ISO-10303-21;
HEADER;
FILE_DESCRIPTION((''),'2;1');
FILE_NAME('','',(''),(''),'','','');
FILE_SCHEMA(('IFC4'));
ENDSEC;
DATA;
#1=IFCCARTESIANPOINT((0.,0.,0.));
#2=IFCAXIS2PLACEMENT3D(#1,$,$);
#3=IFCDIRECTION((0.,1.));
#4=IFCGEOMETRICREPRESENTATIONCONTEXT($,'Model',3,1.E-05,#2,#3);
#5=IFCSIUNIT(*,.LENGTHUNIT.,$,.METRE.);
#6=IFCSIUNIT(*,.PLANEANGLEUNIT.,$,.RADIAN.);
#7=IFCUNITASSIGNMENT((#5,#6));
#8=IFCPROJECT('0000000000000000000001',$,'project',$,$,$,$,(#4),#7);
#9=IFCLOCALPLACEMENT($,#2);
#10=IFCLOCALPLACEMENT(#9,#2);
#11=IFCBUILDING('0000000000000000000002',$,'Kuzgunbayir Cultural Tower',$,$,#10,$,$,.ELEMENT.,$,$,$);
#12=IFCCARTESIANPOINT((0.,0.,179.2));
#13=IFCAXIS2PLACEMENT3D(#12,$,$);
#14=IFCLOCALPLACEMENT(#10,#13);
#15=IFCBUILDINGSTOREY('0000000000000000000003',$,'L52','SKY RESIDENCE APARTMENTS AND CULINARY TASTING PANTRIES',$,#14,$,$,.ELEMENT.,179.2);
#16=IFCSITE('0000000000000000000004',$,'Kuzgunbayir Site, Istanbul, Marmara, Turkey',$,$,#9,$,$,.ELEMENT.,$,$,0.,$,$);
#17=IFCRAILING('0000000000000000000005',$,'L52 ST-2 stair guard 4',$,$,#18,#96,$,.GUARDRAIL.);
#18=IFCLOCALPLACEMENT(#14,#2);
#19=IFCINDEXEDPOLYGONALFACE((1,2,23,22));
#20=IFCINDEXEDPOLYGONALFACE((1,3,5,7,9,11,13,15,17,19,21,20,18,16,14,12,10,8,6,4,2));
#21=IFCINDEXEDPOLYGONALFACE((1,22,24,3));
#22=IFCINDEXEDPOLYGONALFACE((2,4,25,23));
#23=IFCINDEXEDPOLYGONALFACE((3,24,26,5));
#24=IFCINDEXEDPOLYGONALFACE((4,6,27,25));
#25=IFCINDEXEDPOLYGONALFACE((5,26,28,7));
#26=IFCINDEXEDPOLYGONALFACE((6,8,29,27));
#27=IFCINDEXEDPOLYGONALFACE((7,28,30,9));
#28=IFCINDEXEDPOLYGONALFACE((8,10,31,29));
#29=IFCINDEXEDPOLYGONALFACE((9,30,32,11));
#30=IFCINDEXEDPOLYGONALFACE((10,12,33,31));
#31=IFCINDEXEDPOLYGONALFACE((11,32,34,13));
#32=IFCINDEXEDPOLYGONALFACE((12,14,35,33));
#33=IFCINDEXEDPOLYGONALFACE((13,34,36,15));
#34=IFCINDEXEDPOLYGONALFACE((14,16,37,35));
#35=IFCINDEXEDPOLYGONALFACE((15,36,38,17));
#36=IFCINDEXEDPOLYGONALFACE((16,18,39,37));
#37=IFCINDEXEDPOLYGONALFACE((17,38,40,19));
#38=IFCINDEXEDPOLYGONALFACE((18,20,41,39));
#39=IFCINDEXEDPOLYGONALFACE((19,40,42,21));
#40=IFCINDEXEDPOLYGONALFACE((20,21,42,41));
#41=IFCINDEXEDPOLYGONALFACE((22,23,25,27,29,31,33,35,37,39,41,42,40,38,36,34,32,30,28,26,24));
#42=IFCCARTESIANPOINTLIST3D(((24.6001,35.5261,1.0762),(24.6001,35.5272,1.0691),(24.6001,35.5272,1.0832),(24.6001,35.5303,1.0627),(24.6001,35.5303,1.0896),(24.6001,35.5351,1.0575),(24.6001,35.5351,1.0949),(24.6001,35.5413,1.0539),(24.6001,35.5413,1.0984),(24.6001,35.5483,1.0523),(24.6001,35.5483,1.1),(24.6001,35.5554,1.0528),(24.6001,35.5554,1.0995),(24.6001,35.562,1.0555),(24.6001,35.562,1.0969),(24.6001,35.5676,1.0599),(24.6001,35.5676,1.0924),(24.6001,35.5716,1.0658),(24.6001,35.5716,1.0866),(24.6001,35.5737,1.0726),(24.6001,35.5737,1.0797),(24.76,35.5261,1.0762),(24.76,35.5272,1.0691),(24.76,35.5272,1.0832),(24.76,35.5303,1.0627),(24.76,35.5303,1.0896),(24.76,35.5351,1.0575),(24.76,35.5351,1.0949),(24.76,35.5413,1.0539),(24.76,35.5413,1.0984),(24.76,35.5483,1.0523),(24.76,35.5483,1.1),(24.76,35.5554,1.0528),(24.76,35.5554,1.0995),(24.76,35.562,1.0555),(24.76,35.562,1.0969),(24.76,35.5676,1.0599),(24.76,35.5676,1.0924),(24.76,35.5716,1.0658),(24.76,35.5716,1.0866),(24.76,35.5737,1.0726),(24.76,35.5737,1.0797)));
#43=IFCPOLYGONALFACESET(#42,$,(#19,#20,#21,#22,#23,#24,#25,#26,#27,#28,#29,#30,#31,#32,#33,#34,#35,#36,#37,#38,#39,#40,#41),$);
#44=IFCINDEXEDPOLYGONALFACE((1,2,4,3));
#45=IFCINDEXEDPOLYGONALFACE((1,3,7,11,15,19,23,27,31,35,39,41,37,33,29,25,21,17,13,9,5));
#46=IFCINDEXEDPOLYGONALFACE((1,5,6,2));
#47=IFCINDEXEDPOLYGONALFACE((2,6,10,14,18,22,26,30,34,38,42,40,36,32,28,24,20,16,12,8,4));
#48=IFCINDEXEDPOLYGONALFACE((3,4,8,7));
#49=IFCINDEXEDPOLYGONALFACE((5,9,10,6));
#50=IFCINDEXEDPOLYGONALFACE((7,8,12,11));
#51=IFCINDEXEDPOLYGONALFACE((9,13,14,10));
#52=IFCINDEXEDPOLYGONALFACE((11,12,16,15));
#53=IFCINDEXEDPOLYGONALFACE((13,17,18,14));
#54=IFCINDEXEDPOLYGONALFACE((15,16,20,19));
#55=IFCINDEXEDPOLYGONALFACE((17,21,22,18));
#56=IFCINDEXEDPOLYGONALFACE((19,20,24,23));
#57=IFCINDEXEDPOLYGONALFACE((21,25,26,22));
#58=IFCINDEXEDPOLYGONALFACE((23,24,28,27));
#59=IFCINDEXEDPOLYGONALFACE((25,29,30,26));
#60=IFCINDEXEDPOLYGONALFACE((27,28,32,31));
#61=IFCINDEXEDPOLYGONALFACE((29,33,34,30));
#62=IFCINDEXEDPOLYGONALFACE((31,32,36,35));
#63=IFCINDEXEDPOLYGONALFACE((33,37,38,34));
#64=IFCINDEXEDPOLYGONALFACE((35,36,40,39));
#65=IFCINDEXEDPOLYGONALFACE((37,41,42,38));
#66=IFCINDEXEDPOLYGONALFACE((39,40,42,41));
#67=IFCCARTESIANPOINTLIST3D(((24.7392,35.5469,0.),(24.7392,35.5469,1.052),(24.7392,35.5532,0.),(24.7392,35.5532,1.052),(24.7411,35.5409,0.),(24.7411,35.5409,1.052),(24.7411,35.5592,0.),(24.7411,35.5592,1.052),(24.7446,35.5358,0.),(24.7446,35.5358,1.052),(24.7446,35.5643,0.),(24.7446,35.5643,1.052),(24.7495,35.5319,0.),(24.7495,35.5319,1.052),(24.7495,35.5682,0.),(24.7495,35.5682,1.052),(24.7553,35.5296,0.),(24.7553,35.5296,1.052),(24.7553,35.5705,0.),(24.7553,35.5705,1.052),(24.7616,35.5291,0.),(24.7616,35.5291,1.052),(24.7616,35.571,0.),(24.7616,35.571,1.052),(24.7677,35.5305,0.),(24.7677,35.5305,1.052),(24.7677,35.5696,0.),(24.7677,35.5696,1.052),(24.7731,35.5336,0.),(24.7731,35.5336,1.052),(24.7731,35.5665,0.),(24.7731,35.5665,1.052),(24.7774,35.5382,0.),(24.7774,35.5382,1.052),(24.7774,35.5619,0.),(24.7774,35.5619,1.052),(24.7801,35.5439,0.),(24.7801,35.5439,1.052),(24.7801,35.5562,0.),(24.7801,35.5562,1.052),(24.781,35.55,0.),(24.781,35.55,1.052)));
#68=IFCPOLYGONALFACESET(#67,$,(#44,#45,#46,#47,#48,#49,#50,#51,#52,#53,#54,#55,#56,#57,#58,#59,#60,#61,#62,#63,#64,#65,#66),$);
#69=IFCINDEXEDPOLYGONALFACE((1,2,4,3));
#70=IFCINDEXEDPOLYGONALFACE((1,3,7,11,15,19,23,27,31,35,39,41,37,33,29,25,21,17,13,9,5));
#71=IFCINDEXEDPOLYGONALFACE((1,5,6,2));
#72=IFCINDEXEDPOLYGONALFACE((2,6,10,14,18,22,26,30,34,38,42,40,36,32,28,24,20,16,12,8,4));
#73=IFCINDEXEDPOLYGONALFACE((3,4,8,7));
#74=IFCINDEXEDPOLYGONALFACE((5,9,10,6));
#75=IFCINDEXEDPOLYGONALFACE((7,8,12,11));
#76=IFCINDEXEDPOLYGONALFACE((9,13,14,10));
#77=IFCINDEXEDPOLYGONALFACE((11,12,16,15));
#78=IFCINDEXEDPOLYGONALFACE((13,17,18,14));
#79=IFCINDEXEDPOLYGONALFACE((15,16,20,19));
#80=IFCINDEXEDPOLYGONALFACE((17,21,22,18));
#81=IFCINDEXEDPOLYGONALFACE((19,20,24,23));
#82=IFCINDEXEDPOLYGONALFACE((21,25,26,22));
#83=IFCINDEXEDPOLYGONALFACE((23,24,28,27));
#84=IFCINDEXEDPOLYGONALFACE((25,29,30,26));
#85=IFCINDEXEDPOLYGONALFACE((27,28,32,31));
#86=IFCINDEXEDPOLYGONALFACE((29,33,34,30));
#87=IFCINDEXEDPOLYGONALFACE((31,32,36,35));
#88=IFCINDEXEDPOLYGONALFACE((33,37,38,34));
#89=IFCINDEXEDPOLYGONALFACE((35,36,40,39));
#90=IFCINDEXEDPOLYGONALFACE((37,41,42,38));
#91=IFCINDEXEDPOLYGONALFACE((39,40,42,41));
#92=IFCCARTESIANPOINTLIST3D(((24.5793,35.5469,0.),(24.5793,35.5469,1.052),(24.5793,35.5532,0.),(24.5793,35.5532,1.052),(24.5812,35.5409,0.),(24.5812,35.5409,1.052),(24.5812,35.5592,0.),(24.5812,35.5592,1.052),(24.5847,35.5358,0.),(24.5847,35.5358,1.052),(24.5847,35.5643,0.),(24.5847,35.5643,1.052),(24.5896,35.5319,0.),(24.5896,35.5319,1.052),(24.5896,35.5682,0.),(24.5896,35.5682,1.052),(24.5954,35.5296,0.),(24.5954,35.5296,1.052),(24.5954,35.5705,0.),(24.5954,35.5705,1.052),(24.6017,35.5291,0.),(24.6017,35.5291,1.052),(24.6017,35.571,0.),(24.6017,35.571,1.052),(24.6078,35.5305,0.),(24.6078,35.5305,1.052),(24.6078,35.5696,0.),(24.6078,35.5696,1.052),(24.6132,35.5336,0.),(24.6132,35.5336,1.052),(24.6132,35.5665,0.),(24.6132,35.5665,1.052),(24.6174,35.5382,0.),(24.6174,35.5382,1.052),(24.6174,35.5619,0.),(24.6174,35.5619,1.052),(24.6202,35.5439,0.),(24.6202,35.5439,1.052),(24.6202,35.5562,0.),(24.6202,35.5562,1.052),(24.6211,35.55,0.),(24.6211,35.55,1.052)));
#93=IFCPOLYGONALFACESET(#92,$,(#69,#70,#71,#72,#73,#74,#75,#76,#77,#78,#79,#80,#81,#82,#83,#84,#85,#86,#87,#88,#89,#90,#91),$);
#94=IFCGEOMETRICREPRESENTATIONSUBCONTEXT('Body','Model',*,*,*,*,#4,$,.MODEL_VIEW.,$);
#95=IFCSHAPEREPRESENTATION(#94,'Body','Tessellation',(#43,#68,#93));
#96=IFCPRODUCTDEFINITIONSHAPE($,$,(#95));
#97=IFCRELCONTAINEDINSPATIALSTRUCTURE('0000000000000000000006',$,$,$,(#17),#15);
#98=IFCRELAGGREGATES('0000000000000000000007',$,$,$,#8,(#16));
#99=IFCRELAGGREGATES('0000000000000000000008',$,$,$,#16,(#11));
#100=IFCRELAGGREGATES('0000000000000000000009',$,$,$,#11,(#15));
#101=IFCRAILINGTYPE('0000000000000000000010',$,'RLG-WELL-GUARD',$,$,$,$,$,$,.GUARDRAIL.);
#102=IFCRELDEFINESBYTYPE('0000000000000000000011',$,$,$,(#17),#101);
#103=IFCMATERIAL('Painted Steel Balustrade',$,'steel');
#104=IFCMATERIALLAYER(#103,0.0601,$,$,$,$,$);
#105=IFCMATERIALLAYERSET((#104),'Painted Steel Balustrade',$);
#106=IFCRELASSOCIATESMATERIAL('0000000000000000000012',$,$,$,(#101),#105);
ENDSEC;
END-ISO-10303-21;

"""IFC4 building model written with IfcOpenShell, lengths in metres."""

from ifc_helpers import new_model, si_unit, direction, frame, origin, origin_2d, place, context, subcontext, project, spatial, circle, extrude, material, layer, layer_set, type_object, element, save


model = new_model("IFC4")

# Units and contexts
model_context = context("Model", 3, precision=1e-05, world=origin(), true_north=direction((0.0, 1.0)))
body_context = subcontext(model_context, "Body", "Model", "MODEL_VIEW")
ifc_project = project(units=[si_unit("LENGTHUNIT", "METRE"), si_unit("PLANEANGLEUNIT", "RADIAN")], contexts=[model_context])

# Site, building, storey
site_placement = place(None, origin())
site = spatial("IfcSite", under=ifc_project, at=site_placement, Name="Kuzgunbayir Site, Istanbul, Marmara, Turkey", CompositionType="ELEMENT", RefElevation=0.0)
building_placement = place(site_placement, origin())
building = spatial("IfcBuilding", under=site, at=building_placement, Name="Kuzgunbayir Cultural Tower", CompositionType="ELEMENT")
storey_placement = place(building_placement, frame((0.0, 0.0, 179.2)))
storey = spatial("IfcBuildingStorey", under=building, at=storey_placement, Name="L52", Description="SKY RESIDENCE APARTMENTS AND CULINARY TASTING PANTRIES", CompositionType="ELEMENT", Elevation=179.2)

# Railing
ifc_material_1 = material(Name="Painted Steel Balustrade", Category="steel")
ifc_layer_1 = layer(ifc_material_1, 0.0601)
ifc_layer_set_1 = layer_set([ifc_layer_1], Name="Painted Steel Balustrade")
railing_type_1 = type_object("IfcRailingType", Name="RLG-WELL-GUARD", PredefinedType="GUARDRAIL", material=ifc_layer_set_1)
railing_1_placement = place(storey_placement, frame((24.76, 35.55, 0.0)))
element("IfcRailing", 1, at=railing_1_placement, inside=storey, type_object=railing_type_1, Name="L52 ST-2 stair guard 4", PredefinedType="GUARDRAIL", context=body_context, shape_type="SweptSolid", body=[
    extrude(circle(Radius=0.0239, at=origin_2d()), frame((0.0, 0.0, 1.0762), z_axis=(-1.0, 0.0, 0.0), x_axis=(0.0, -1.0, 0.0)), (0.0, 0.0, 1.0), 0.1599),
    extrude(circle(Radius=0.021, at=origin_2d()), origin(), (0.0, 0.0, 1.0), 1.052),
    extrude(circle(Radius=0.021, at=origin_2d()), frame((-0.1599, 0.0, 0.0)), (0.0, 0.0, 1.0), 1.052),
])

save(model, "model.ifc")
